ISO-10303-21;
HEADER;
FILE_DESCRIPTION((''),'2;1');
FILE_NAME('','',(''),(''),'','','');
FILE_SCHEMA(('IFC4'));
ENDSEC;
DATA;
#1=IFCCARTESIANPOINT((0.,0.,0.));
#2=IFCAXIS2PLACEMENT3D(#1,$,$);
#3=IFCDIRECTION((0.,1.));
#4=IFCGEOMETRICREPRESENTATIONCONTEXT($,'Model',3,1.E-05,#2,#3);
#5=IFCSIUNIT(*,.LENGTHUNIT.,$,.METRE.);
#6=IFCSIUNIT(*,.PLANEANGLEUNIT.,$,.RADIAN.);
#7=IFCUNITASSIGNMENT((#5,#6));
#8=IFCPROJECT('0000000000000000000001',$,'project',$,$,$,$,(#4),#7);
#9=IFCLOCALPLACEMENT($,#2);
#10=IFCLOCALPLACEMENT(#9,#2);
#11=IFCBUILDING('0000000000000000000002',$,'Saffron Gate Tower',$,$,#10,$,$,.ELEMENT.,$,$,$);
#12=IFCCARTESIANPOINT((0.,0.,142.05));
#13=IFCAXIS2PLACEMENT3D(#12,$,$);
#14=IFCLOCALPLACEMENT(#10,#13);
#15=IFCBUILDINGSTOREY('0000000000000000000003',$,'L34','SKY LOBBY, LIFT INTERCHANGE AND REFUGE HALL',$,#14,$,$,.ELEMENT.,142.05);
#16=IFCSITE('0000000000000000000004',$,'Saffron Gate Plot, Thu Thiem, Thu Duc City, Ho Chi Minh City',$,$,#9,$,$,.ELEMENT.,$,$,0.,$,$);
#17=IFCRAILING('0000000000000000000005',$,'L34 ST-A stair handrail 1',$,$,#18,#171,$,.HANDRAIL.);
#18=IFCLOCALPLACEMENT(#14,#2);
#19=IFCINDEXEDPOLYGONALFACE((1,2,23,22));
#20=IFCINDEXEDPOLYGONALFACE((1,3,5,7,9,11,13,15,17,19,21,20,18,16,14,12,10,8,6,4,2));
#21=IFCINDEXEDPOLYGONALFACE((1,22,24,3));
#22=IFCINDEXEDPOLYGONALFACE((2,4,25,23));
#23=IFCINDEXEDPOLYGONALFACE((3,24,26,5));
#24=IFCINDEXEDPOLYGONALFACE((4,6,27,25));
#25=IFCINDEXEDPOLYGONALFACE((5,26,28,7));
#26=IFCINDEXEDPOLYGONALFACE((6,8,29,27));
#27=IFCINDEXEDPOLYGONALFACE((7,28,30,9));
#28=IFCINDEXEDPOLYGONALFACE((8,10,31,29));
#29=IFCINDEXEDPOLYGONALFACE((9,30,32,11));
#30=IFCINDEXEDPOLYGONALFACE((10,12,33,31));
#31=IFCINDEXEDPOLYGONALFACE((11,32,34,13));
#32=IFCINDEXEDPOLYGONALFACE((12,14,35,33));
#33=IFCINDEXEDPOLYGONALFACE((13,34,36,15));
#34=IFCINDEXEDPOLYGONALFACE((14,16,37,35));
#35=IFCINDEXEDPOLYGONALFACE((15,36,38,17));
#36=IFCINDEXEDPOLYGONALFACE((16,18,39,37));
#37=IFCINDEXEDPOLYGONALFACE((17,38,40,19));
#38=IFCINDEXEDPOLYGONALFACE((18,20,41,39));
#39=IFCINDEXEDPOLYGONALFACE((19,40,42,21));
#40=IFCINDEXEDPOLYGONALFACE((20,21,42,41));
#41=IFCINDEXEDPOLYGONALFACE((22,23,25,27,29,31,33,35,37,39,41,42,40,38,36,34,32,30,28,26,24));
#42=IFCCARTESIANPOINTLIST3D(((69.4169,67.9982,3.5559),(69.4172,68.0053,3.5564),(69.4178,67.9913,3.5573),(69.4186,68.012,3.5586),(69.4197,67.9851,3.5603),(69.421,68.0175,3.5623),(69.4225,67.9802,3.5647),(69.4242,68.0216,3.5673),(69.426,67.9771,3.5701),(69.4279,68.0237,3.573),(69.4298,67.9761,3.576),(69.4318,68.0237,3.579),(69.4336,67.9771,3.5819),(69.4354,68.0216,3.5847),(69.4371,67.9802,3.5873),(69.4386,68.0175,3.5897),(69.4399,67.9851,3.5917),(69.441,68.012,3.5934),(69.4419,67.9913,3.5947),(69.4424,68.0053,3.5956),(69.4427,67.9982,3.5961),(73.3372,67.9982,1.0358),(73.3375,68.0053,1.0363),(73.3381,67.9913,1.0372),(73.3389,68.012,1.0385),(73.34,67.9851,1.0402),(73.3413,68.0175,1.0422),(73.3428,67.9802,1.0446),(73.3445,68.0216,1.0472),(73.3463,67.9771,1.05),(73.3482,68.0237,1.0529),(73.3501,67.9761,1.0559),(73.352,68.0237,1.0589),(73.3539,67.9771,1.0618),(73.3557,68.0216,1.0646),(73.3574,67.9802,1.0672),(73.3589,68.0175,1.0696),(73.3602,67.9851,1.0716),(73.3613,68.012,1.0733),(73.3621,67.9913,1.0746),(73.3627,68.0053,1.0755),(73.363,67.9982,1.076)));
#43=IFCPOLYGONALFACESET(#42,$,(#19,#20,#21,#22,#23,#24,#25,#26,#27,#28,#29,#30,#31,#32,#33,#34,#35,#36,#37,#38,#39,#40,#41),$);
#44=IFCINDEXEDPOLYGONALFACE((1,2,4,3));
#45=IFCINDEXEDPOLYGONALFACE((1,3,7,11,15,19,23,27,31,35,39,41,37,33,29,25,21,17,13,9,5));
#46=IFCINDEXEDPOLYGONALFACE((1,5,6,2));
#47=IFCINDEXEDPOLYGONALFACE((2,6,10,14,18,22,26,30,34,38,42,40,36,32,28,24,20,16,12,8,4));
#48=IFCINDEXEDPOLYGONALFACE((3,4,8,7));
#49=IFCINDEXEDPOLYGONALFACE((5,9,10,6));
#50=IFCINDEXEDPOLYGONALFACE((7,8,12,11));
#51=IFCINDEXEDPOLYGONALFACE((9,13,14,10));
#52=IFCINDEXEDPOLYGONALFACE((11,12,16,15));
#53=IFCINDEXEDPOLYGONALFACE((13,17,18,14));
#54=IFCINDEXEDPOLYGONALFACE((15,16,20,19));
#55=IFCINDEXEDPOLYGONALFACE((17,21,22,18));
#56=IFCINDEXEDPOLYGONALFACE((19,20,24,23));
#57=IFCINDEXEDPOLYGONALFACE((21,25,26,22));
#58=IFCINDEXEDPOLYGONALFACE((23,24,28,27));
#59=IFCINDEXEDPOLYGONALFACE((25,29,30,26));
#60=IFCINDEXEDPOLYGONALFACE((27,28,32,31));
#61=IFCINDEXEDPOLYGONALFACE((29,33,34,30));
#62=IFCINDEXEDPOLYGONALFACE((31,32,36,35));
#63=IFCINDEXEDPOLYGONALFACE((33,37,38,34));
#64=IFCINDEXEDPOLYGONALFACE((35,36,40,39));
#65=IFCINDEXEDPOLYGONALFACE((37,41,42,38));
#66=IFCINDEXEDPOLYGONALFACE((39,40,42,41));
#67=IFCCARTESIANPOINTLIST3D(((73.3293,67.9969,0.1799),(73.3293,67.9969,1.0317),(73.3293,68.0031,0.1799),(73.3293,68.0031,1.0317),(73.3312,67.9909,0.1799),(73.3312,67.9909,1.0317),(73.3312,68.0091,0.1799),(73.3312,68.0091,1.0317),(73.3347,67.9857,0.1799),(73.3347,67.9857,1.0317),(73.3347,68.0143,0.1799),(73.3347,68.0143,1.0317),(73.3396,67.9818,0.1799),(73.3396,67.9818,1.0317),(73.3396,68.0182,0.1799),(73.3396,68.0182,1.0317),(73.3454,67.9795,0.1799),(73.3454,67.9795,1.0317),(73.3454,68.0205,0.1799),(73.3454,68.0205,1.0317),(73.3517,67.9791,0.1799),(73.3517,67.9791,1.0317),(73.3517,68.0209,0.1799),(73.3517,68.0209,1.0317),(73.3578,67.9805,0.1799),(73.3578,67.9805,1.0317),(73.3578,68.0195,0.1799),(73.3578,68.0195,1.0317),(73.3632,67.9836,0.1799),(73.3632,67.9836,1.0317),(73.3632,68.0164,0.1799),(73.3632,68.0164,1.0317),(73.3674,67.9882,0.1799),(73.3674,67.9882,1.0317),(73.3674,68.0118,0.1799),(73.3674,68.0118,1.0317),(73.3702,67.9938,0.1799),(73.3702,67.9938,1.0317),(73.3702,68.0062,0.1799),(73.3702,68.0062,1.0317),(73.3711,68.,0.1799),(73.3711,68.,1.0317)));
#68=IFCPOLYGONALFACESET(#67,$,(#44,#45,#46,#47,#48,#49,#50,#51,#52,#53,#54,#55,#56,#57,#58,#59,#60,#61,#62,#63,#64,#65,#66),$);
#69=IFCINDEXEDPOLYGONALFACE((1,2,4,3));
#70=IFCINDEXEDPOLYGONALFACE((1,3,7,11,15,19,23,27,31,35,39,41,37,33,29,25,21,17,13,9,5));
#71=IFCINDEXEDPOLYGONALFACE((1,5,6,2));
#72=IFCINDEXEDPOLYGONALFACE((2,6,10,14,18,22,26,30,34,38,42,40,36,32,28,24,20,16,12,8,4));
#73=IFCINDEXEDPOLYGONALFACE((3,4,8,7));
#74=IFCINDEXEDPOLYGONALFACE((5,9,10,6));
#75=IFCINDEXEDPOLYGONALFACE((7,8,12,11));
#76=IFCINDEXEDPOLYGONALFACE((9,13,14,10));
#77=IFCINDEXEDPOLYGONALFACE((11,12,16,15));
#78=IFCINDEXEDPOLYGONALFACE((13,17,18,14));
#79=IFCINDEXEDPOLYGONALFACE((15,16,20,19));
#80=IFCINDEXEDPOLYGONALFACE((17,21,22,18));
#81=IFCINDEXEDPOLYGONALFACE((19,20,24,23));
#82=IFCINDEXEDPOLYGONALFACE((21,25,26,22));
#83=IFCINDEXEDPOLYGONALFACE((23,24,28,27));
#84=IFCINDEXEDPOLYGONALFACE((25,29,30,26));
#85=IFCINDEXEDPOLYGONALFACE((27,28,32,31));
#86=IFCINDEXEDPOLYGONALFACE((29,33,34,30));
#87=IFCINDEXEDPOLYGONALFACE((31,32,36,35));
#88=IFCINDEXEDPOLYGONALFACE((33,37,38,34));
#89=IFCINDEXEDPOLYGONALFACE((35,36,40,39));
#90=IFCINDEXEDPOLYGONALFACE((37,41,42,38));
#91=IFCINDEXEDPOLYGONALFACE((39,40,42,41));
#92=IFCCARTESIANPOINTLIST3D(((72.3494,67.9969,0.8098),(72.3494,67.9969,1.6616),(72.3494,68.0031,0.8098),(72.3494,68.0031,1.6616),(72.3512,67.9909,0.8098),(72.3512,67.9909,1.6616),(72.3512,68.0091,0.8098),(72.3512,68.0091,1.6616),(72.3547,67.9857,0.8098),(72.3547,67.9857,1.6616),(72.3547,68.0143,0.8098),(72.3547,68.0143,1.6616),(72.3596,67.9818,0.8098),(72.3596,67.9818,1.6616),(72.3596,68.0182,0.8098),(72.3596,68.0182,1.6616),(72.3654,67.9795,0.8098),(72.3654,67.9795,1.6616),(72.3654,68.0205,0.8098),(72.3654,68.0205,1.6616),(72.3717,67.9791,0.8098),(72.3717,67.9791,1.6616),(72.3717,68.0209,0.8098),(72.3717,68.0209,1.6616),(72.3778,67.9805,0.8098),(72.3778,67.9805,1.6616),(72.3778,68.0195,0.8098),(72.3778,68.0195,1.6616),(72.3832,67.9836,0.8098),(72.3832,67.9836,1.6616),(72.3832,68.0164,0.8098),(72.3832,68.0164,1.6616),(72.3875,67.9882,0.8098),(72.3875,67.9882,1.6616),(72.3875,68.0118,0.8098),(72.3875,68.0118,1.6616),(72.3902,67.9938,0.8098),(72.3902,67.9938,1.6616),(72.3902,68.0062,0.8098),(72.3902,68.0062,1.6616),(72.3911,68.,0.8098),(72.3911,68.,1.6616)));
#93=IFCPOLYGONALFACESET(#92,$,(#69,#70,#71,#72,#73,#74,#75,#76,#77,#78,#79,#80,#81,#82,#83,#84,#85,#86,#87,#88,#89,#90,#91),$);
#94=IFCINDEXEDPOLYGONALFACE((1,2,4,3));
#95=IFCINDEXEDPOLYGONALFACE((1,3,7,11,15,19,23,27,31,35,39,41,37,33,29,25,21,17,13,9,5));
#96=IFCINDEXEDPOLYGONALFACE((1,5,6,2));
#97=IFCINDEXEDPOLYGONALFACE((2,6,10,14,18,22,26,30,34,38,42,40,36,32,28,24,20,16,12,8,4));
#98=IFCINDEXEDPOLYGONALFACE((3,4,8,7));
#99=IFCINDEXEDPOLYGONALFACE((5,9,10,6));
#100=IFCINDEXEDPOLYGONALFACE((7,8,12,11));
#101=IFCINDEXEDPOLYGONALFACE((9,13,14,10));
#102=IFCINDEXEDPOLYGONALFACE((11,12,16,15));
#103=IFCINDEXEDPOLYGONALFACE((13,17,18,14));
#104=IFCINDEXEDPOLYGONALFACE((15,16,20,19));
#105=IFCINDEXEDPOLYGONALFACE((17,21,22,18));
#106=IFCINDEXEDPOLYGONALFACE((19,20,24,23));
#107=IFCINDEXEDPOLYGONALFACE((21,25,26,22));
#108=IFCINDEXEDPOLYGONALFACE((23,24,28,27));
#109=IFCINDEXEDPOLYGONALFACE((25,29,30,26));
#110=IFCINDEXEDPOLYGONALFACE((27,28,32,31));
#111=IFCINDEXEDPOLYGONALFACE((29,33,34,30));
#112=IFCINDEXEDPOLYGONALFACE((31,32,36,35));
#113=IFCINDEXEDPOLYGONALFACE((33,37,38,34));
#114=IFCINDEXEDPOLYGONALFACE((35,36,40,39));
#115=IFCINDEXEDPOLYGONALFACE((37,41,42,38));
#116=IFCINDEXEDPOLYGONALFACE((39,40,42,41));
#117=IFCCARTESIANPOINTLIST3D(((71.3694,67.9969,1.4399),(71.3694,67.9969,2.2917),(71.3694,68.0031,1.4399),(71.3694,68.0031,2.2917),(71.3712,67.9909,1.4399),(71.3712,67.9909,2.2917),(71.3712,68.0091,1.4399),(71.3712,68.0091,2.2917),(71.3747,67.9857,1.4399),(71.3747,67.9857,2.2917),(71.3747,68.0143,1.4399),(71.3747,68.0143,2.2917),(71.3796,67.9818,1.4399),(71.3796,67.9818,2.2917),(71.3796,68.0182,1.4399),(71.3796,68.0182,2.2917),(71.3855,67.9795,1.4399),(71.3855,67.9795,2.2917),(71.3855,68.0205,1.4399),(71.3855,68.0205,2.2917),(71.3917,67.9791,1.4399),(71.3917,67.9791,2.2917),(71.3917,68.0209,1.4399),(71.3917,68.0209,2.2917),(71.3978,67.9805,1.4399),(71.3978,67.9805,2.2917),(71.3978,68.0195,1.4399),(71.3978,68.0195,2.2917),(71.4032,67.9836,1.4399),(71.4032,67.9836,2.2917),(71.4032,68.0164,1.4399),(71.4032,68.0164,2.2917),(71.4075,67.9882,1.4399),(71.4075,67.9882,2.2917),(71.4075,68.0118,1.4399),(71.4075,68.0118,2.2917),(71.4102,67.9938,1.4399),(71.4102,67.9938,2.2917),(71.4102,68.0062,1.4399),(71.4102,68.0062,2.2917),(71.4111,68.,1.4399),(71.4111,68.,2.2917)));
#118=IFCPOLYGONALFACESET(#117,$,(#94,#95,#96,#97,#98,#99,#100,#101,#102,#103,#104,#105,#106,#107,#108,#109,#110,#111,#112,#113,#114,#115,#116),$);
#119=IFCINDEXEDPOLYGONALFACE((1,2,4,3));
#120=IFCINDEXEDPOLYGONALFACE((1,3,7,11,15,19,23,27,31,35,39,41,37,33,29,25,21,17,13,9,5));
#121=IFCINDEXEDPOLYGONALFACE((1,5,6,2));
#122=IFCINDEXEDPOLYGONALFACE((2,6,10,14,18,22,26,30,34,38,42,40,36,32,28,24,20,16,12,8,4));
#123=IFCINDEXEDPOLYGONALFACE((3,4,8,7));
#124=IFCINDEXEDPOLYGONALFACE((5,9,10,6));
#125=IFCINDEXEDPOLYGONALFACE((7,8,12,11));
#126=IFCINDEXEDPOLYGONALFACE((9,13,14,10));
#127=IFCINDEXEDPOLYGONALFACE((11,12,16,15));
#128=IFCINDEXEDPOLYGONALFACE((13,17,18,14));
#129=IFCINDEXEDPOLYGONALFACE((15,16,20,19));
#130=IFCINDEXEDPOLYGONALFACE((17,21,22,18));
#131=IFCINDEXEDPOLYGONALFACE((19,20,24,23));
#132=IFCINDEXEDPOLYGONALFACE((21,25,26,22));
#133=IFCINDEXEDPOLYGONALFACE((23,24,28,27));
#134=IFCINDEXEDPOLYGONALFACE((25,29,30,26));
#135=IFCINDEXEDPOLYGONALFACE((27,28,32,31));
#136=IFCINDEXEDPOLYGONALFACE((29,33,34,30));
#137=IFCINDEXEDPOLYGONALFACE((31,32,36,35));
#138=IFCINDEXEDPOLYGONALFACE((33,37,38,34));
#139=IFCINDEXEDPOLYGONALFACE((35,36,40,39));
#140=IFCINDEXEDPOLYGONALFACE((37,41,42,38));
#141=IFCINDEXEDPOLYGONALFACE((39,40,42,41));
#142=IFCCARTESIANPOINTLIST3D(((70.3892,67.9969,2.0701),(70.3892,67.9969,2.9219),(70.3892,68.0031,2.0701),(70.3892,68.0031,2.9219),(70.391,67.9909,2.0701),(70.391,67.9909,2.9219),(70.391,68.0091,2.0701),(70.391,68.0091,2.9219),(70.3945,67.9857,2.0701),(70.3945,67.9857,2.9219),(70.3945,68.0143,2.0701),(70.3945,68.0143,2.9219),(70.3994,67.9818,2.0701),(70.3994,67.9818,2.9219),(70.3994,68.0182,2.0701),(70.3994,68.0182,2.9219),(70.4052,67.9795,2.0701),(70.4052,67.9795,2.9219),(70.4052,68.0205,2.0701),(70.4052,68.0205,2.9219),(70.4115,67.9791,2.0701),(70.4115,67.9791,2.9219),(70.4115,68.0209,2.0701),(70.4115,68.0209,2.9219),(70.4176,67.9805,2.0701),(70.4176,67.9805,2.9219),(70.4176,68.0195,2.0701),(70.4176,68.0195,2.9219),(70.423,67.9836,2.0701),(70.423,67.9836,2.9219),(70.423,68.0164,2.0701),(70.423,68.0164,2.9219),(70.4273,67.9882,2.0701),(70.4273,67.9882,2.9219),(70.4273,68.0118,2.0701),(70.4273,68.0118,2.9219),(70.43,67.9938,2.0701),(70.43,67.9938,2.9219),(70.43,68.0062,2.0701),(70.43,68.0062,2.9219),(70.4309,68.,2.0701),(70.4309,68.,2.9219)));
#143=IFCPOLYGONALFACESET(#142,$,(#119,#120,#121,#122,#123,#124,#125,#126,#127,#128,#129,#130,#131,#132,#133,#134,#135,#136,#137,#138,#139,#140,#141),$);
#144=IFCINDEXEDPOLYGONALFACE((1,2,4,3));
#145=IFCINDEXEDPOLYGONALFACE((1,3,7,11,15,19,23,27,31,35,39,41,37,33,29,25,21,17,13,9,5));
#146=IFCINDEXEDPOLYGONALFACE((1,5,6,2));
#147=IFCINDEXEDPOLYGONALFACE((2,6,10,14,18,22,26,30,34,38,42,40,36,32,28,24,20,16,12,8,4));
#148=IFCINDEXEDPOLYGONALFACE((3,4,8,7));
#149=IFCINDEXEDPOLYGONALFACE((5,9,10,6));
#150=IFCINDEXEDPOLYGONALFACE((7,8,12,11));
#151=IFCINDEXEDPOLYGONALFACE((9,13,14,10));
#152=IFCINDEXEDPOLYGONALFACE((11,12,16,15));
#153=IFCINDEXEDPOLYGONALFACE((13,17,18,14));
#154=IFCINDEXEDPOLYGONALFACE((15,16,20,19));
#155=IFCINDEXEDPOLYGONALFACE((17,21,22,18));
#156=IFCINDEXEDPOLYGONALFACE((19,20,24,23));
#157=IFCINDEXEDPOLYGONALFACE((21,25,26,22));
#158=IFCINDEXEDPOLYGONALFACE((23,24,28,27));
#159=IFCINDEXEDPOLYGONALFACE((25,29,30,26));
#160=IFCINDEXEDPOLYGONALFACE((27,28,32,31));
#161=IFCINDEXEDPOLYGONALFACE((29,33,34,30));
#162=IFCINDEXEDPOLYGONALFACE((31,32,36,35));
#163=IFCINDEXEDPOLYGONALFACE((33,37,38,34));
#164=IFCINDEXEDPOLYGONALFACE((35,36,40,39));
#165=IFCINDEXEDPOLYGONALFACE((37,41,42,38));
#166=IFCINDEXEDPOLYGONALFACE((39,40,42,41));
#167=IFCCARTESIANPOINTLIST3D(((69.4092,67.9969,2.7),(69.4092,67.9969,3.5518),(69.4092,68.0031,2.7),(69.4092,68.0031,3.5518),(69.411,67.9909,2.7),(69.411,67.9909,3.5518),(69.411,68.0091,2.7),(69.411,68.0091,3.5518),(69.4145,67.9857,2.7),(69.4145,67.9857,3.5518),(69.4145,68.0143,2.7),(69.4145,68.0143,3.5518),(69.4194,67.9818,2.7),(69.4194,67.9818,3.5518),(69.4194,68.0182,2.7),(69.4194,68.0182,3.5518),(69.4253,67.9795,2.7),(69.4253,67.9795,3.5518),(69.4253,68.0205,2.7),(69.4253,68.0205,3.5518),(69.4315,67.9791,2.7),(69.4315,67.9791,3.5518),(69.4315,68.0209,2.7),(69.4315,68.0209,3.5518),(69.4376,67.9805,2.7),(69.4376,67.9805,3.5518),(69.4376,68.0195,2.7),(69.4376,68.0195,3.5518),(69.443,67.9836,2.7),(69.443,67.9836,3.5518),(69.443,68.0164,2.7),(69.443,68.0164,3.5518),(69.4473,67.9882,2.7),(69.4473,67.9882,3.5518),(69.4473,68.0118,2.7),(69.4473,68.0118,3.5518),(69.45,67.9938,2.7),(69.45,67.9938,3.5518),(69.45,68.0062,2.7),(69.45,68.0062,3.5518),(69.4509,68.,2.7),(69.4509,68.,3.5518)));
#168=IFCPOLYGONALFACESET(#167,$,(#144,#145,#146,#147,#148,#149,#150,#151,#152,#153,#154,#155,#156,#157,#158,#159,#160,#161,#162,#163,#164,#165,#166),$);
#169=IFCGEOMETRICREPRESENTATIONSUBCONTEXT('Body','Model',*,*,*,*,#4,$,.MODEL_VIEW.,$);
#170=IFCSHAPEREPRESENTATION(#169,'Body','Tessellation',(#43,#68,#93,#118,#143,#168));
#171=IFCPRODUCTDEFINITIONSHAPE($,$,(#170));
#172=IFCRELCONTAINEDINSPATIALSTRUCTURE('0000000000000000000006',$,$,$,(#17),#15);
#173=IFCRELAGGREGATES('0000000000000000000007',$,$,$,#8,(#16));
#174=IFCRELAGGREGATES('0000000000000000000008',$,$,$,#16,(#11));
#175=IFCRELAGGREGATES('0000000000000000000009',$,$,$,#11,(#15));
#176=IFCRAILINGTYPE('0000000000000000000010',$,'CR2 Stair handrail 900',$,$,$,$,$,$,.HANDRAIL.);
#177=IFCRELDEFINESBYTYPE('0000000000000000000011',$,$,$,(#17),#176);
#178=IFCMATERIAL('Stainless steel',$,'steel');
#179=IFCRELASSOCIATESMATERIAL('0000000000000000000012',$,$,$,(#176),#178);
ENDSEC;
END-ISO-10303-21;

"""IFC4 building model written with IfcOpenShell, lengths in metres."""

from ifc_helpers import new_model, si_unit, direction, frame, origin, origin_2d, place, context, subcontext, project, spatial, circle, extrude, material, type_object, element, save


model = new_model("IFC4")

# Units and contexts
model_context = context("Model", 3, precision=1e-05, world=origin(), true_north=direction((0.0, 1.0)))
body_context = subcontext(model_context, "Body", "Model", "MODEL_VIEW")
ifc_project = project(units=[si_unit("LENGTHUNIT", "METRE"), si_unit("PLANEANGLEUNIT", "RADIAN")], contexts=[model_context])

# Site, building, storey
site_placement = place(None, origin())
site = spatial("IfcSite", under=ifc_project, at=site_placement, Name="Saffron Gate Plot, Thu Thiem, Thu Duc City, Ho Chi Minh City", CompositionType="ELEMENT", RefElevation=0.0)
building_placement = place(site_placement, origin())
building = spatial("IfcBuilding", under=site, at=building_placement, Name="Saffron Gate Tower", CompositionType="ELEMENT")
storey_placement = place(building_placement, frame((0.0, 0.0, 142.05)))
storey = spatial("IfcBuildingStorey", under=building, at=storey_placement, Name="L34", Description="SKY LOBBY, LIFT INTERCHANGE AND REFUGE HALL", CompositionType="ELEMENT", Elevation=142.05)

# Railing
ifc_material_1 = material(Name="Stainless steel", Category="steel")
railing_type_1 = type_object("IfcRailingType", Name="CR2 Stair handrail 900", PredefinedType="HANDRAIL", material=ifc_material_1)
railing_1_placement = place(storey_placement, frame((73.3501, 68.0, 0.1799)))
element("IfcRailing", 1, at=railing_1_placement, inside=storey, type_object=railing_type_1, Name="L34 ST-A stair handrail 1", PredefinedType="HANDRAIL", context=body_context, shape_type="SweptSolid", body=[
    extrude(circle(Radius=0.0239, at=origin_2d()), frame((0.0, 0.0, 0.876), z_axis=(-0.841187, 0.0, 0.540744), x_axis=(0.0, -1.0, 0.0)), (0.0, 0.0, 1.0), 4.6604),
    extrude(circle(Radius=0.021, at=origin_2d()), origin(), (0.0, 0.0, 1.0), 0.8518),
    extrude(circle(Radius=0.021, at=origin_2d()), frame((-0.98, 0.0, 0.6299)), (0.0, 0.0, 1.0), 0.8518),
    extrude(circle(Radius=0.021, at=origin_2d()), frame((-1.96, 0.0, 1.26)), (0.0, 0.0, 1.0), 0.8518),
    extrude(circle(Radius=0.021, at=origin_2d()), frame((-2.9402, 0.0, 1.8901)), (0.0, 0.0, 1.0), 0.8518),
    extrude(circle(Radius=0.021, at=origin_2d()), frame((-3.9202, 0.0, 2.52)), (0.0, 0.0, 1.0), 0.8518),
])

save(model, "model.ifc")
